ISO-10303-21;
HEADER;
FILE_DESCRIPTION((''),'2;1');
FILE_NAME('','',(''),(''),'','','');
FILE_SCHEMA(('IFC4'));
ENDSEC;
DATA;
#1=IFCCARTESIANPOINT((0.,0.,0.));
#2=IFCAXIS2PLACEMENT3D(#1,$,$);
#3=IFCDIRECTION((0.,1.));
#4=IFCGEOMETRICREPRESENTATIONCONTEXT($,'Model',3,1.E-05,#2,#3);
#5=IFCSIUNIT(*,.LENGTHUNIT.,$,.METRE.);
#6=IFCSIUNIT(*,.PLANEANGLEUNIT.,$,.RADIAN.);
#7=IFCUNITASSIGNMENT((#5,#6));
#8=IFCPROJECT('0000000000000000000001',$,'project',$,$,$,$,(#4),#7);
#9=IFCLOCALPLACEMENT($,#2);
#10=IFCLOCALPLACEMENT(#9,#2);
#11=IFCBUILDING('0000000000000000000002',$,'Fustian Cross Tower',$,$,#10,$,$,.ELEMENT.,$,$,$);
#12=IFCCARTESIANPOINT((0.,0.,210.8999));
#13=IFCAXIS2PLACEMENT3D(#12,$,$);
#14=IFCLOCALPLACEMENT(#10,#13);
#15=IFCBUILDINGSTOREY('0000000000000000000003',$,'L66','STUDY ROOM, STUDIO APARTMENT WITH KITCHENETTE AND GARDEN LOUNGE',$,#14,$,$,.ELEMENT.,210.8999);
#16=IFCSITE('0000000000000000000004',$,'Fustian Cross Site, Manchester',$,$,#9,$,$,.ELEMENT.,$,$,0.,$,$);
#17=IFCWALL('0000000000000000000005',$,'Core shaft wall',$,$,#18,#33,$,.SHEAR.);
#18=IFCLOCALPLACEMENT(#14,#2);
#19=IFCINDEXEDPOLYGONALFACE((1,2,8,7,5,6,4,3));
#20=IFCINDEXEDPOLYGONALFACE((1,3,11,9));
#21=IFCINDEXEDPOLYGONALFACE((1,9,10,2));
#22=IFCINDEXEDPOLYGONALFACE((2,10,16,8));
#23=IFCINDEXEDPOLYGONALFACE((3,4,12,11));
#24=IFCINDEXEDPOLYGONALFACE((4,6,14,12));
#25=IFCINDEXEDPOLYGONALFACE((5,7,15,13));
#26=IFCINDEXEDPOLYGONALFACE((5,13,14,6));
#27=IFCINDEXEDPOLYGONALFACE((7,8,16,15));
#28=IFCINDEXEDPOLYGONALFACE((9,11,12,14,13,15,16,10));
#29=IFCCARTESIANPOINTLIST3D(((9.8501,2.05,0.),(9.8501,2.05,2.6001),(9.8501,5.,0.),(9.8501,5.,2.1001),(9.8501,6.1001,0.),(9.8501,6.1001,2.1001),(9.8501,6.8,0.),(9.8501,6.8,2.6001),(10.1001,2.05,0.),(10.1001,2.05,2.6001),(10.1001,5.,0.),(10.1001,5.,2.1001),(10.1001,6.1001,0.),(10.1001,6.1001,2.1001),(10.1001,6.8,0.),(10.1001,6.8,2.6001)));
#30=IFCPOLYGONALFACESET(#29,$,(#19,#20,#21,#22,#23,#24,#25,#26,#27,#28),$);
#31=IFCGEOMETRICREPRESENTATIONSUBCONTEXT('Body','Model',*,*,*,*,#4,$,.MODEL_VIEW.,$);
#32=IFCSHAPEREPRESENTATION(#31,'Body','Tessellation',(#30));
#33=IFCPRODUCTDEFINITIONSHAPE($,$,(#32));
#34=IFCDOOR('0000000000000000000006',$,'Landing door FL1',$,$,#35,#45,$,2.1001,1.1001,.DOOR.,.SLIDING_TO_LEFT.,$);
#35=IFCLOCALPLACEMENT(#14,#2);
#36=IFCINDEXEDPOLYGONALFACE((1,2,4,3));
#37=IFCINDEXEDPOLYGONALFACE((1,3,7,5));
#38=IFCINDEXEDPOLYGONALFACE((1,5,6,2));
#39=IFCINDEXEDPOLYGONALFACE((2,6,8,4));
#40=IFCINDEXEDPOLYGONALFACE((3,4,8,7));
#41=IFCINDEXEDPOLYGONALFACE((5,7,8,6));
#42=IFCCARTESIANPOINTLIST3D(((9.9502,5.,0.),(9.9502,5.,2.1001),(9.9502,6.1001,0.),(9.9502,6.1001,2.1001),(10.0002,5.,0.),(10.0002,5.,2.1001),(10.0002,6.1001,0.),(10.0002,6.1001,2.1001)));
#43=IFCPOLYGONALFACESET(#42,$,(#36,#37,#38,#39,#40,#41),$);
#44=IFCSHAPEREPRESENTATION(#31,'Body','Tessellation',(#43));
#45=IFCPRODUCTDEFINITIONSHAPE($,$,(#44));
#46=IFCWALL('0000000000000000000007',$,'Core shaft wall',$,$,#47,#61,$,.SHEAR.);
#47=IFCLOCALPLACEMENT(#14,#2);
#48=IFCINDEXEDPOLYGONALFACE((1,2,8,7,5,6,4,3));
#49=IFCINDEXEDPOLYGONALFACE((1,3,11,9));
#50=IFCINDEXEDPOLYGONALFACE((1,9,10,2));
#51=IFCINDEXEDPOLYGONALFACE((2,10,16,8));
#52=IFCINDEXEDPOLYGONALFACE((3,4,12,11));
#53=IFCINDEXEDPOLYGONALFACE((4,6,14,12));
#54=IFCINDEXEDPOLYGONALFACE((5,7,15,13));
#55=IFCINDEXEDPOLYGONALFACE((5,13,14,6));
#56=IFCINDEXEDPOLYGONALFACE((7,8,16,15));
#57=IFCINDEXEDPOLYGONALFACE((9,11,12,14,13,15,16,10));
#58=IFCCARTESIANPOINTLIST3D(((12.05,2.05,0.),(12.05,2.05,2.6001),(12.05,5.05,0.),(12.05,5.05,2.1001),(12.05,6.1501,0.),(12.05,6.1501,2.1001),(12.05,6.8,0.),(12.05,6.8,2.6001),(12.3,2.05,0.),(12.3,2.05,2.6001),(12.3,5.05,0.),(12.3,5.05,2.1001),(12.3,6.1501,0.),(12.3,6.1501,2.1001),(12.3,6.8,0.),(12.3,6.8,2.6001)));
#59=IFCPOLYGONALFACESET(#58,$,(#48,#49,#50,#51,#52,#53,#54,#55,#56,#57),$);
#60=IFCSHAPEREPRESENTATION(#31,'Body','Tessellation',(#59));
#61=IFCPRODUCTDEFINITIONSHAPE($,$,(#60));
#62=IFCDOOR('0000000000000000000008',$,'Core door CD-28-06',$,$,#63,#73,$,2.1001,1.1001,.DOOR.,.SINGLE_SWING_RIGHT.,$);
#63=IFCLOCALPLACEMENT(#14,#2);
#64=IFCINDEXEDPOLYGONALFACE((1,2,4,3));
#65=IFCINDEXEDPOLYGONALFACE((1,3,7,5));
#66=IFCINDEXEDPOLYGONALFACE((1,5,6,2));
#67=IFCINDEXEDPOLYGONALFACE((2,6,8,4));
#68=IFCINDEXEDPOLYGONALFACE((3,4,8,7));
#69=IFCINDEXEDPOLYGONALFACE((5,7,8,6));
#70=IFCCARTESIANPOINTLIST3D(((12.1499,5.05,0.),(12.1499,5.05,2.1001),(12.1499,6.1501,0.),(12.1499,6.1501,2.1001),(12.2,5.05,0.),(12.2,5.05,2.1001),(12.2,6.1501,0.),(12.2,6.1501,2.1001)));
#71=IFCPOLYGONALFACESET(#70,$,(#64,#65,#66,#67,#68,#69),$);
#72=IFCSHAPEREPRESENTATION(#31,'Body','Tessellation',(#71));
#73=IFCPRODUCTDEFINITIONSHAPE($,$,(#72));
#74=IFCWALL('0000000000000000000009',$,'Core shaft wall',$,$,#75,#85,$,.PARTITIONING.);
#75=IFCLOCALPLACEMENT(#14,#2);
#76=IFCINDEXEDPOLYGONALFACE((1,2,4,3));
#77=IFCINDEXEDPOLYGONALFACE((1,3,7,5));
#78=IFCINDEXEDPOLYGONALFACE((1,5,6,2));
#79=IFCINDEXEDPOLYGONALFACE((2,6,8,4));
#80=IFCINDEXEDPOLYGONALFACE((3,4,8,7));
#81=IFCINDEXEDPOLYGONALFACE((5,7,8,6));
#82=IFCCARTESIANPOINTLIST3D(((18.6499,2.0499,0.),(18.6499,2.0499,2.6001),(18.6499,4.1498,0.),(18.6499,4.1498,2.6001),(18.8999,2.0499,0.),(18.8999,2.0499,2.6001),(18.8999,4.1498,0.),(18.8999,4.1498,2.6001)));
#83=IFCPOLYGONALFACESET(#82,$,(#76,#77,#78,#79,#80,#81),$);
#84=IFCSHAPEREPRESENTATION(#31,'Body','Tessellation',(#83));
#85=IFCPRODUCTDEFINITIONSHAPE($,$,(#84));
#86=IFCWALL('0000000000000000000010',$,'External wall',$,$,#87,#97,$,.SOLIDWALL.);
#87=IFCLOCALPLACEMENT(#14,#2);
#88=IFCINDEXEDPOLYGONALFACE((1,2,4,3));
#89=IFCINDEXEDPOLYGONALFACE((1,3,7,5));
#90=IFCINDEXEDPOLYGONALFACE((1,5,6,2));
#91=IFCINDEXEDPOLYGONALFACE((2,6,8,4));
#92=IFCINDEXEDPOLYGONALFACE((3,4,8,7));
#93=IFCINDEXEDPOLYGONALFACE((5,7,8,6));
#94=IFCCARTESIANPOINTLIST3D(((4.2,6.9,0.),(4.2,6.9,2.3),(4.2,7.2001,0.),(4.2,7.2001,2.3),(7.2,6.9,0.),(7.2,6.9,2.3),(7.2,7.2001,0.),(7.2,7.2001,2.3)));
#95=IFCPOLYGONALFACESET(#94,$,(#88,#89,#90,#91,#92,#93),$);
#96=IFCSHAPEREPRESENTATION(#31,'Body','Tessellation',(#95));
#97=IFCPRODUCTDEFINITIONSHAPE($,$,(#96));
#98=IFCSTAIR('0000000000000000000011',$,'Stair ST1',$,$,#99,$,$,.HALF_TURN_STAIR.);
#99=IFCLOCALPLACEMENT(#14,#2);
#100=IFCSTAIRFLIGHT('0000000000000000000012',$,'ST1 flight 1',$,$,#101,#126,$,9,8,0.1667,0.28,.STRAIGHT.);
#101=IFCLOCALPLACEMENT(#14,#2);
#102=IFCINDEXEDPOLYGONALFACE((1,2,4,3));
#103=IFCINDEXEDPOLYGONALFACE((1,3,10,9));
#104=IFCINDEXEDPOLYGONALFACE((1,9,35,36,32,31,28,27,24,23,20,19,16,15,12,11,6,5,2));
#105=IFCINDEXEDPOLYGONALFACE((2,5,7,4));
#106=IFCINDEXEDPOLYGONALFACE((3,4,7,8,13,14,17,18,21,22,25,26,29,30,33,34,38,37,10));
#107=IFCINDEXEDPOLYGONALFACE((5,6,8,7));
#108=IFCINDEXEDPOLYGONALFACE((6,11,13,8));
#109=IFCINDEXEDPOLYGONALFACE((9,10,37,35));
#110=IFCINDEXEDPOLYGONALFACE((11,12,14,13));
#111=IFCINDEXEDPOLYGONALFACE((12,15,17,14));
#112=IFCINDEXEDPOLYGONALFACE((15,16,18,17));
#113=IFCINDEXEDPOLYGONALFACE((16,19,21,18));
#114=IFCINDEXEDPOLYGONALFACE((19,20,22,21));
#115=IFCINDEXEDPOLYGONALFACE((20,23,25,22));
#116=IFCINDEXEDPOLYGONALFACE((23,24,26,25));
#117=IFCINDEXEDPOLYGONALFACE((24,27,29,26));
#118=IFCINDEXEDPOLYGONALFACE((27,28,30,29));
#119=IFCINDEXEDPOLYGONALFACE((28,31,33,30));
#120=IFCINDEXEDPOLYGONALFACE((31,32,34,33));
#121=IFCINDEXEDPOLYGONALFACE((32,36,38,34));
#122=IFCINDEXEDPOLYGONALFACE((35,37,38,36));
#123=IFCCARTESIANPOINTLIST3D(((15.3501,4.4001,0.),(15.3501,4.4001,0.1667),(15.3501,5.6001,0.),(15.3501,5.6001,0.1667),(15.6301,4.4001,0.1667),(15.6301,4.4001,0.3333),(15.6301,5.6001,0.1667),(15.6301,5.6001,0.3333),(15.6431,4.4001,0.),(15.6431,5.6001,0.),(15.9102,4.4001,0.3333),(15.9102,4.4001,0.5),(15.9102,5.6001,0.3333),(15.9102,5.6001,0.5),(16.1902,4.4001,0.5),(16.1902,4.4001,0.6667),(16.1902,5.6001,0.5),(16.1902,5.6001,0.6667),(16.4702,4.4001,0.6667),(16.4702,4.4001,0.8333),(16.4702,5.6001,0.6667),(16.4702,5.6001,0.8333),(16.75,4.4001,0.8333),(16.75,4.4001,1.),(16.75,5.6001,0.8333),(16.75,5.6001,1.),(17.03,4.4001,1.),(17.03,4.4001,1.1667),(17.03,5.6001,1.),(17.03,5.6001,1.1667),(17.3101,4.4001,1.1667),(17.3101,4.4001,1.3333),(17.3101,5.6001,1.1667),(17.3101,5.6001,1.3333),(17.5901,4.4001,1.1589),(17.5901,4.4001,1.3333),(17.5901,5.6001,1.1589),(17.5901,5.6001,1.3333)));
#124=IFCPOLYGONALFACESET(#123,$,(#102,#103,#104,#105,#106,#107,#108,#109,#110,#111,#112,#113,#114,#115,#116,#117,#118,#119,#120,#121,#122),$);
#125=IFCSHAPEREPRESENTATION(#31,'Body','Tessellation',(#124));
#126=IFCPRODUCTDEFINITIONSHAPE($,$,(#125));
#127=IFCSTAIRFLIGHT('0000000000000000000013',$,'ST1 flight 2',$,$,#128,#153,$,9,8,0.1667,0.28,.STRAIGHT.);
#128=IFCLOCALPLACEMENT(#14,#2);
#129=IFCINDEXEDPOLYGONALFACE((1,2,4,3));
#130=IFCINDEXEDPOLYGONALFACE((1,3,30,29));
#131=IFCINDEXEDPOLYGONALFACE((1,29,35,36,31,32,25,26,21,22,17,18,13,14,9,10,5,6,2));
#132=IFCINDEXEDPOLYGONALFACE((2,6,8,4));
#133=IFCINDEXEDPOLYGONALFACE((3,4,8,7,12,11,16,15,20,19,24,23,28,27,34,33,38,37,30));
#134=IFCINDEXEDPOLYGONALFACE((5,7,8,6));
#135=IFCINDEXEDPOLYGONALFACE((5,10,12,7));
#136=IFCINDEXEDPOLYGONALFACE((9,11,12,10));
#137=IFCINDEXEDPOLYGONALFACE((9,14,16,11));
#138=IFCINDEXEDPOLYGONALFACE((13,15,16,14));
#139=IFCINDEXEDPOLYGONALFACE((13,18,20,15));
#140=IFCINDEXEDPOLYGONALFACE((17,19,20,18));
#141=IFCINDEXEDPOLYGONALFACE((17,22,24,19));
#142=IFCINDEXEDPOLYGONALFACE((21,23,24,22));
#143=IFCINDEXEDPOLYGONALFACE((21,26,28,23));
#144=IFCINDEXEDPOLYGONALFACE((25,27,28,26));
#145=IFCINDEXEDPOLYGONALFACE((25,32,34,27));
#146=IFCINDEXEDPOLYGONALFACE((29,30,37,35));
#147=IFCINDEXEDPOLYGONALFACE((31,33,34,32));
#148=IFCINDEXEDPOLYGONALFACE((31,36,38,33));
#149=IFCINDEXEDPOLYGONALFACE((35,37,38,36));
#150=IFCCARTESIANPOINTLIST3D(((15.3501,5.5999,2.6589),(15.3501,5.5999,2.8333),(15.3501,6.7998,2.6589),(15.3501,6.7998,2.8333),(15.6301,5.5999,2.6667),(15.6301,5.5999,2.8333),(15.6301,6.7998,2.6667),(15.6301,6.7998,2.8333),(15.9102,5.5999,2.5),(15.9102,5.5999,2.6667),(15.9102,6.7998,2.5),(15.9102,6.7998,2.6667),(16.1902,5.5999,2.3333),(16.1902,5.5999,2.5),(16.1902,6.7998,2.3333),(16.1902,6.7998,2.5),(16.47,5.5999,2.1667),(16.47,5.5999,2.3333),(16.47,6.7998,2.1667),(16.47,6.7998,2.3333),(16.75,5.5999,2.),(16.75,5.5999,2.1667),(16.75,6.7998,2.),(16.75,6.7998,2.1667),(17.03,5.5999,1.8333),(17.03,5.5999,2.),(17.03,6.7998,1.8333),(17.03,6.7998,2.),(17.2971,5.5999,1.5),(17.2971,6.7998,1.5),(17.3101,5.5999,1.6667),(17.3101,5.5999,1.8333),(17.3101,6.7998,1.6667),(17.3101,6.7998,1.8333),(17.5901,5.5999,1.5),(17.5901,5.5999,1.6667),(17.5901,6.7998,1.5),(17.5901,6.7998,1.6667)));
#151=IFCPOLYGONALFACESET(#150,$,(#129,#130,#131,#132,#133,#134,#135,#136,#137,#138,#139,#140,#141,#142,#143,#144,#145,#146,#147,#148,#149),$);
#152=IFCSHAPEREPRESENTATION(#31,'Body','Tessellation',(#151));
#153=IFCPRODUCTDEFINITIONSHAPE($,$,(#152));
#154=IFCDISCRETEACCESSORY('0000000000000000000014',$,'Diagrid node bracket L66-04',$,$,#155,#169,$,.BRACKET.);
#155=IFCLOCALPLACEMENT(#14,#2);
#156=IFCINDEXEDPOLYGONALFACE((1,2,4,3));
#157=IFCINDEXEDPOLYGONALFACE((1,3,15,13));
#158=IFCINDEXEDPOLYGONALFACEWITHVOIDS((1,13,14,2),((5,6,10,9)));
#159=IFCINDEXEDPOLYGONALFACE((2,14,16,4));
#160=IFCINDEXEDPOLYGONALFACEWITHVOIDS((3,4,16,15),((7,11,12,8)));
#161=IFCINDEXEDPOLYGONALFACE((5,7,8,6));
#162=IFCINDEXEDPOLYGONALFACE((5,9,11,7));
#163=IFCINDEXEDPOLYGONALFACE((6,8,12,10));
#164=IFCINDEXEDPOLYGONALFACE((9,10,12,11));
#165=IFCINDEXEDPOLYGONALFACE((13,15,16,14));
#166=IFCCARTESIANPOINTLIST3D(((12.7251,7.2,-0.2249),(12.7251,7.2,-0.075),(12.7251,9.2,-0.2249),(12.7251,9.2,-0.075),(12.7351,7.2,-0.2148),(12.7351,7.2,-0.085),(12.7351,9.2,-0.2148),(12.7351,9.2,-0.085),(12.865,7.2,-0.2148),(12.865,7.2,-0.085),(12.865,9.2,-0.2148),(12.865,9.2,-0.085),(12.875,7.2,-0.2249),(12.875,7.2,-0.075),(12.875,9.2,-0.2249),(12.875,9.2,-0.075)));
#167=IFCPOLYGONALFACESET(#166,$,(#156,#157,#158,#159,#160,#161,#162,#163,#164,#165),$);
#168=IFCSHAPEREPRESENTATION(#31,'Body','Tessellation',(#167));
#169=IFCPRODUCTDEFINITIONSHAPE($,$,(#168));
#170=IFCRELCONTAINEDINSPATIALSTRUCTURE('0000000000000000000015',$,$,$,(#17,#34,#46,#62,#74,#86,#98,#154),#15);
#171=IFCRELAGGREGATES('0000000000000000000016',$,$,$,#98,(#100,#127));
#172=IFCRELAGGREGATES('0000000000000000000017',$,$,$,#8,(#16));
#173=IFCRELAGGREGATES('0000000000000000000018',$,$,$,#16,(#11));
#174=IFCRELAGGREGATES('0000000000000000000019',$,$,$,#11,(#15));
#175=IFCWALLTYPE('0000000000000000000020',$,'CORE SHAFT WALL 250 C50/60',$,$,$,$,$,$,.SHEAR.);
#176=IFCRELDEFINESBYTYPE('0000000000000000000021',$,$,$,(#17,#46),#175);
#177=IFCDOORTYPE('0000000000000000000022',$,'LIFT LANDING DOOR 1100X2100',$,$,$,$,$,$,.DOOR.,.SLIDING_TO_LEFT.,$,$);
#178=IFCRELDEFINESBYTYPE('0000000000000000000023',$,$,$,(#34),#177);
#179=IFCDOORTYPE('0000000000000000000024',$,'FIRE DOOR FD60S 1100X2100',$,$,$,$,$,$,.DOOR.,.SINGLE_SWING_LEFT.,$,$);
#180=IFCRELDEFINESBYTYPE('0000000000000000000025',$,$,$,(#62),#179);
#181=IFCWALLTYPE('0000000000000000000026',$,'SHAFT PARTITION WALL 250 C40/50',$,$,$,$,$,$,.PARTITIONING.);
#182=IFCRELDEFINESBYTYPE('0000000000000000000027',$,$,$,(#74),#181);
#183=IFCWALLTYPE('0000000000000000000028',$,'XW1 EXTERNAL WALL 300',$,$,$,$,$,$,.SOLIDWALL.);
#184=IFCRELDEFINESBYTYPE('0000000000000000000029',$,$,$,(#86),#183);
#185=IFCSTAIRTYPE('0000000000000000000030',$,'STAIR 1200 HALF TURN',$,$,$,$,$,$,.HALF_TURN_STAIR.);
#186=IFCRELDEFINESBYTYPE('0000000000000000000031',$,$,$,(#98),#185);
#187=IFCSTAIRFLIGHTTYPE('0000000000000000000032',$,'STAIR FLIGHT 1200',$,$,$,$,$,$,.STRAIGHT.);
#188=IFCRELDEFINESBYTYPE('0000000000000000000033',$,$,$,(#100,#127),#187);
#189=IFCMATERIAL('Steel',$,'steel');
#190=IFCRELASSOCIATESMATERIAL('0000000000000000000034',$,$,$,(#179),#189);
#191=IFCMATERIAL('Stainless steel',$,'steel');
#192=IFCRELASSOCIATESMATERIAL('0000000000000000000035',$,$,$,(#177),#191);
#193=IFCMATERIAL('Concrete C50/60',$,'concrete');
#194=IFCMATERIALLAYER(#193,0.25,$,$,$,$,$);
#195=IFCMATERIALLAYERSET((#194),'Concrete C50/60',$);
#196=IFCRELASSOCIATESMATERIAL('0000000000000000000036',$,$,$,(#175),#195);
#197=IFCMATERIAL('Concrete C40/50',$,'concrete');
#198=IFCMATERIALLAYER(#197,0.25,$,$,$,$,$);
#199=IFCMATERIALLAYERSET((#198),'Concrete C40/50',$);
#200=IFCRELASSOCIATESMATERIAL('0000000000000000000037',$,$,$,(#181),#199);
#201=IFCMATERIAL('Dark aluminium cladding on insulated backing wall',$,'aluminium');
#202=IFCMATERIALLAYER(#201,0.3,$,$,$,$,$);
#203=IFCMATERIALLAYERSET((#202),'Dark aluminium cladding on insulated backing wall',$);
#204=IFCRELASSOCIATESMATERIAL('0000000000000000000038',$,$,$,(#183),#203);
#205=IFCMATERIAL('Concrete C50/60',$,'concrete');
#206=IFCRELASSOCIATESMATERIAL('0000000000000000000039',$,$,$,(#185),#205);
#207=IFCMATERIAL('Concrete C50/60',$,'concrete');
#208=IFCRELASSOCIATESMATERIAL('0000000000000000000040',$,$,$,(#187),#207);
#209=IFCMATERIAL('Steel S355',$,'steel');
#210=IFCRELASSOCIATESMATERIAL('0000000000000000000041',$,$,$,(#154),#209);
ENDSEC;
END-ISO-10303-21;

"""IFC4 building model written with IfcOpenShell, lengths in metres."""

from ifc_helpers import new_model, si_unit, direction, frame, frame_2d, origin, origin_2d, place, context, subcontext, project, spatial, polyline, rectangle, hollow_rectangle, outline, extrude, material, layer, layer_set, type_object, element, fill, aggregate, save


model = new_model("IFC4")

# Units and contexts
model_context = context("Model", 3, precision=1e-05, world=origin(), true_north=direction((0.0, 1.0)))
body_context = subcontext(model_context, "Body", "Model", "MODEL_VIEW")
ifc_project = project(units=[si_unit("LENGTHUNIT", "METRE"), si_unit("PLANEANGLEUNIT", "RADIAN")], contexts=[model_context])

# Site, building, storey
site_placement = place(None, origin())
site = spatial("IfcSite", under=ifc_project, at=site_placement, Name="Fustian Cross Site, Manchester", CompositionType="ELEMENT", RefElevation=0.0)
building_placement = place(site_placement, origin())
building = spatial("IfcBuilding", under=site, at=building_placement, Name="Fustian Cross Tower", CompositionType="ELEMENT")
storey_placement = place(building_placement, frame((0.0, 0.0, 210.8999)))
storey = spatial("IfcBuildingStorey", under=building, at=storey_placement, Name="L66", Description="STUDY ROOM, STUDIO APARTMENT WITH KITCHENETTE AND GARDEN LOUNGE", CompositionType="ELEMENT", Elevation=210.8999)

# Shared definitions
ifc_material_1 = material(Name="Steel", Category="steel")
door_type_1 = type_object("IfcDoorType", Name="FIRE DOOR FD60S 1100X2100", OperationType="SINGLE_SWING_LEFT", PredefinedType="DOOR", material=ifc_material_1)
ifc_material_2 = material(Name="Stainless steel", Category="steel")
door_type_2 = type_object("IfcDoorType", Name="LIFT LANDING DOOR 1100X2100", OperationType="SLIDING_TO_LEFT", PredefinedType="DOOR", material=ifc_material_2)

# Shared definitions
ifc_material_3 = material(Name="Concrete C50/60", Category="concrete")
ifc_layer_1 = layer(ifc_material_3, 0.25)
ifc_layer_set_1 = layer_set([ifc_layer_1], Name="Concrete C50/60")
wall_type_1 = type_object("IfcWallType", Name="CORE SHAFT WALL 250 C50/60", PredefinedType="SHEAR", material=ifc_layer_set_1)

# Walls, openings, doors
wall_1_placement = place(storey_placement, frame((9.9751, 2.05, 0.0), z_axis=(0.0, 0.0, 1.0), x_axis=(0.0, 1.0, 0.0)))
wall_1 = element("IfcWall", 1, at=wall_1_placement, inside=storey, type_object=wall_type_1, Name="Core shaft wall", PredefinedType="SHEAR", context=body_context, shape_type="SweptSolid", body=[
    extrude(rectangle(XDim=4.75, YDim=0.25, at=frame_2d((2.375, 0.0))), origin(), (0.0, 0.0, 1.0), 2.6001),
])
opening_1_placement = place(wall_1_placement, frame((2.95, 0.0, 0.0)))
opening_1 = element("IfcOpeningElement", 2, at=opening_1_placement, cuts=wall_1, PredefinedType="OPENING", context=body_context, shape_type="SweptSolid", body=[
    extrude(rectangle(XDim=1.1001, YDim=2.1001, at=frame_2d((0.55, 1.05))), frame((0.0, 0.135, 0.0), z_axis=(0.0, -1.0, 0.0), x_axis=(1.0, 0.0, 0.0)), (0.0, 0.0, 1.0), 0.27),
])
door_1_placement = place(opening_1_placement, origin())
door_1 = element("IfcDoor", 3, at=door_1_placement, inside=storey, type_object=door_type_2, Name="Landing door FL1", OperationType="SLIDING_TO_LEFT", OverallHeight=2.1001, OverallWidth=1.1001, PredefinedType="DOOR", context=body_context, shape_type="SweptSolid", body=[
    extrude(rectangle(XDim=1.1001, YDim=2.1001, at=frame_2d((0.55, 1.05))), frame((0.0, 0.0249, 0.0), z_axis=(0.0, -1.0, 0.0), x_axis=(1.0, 0.0, 0.0)), (0.0, 0.0, 1.0), 0.05),
])
fill(opening_1, door_1)
wall_2_placement = place(storey_placement, frame((12.175, 2.05, 0.0), z_axis=(0.0, 0.0, 1.0), x_axis=(0.0, 1.0, 0.0)))
wall_2 = element("IfcWall", 4, at=wall_2_placement, inside=storey, type_object=wall_type_1, Name="Core shaft wall", PredefinedType="SHEAR", context=body_context, shape_type="SweptSolid", body=[
    extrude(rectangle(XDim=4.75, YDim=0.25, at=frame_2d((2.375, 0.0))), origin(), (0.0, 0.0, 1.0), 2.6001),
])
opening_2_placement = place(wall_2_placement, frame((3.0, 0.0, 0.0)))
opening_2 = element("IfcOpeningElement", 5, at=opening_2_placement, cuts=wall_2, PredefinedType="OPENING", context=body_context, shape_type="SweptSolid", body=[
    extrude(rectangle(XDim=1.1001, YDim=2.1001, at=frame_2d((0.55, 1.05))), frame((0.0, 0.135, 0.0), z_axis=(0.0, -1.0, 0.0), x_axis=(1.0, 0.0, 0.0)), (0.0, 0.0, 1.0), 0.27),
])
door_2_placement = place(opening_2_placement, frame((1.1001, 0.0, 0.0), z_axis=(0.0, 0.0, 1.0), x_axis=(-1.0, 0.0, 0.0)))
door_2 = element("IfcDoor", 6, at=door_2_placement, inside=storey, type_object=door_type_1, Name="Core door CD-28-06", OperationType="SINGLE_SWING_RIGHT", OverallHeight=2.1001, OverallWidth=1.1001, PredefinedType="DOOR", context=body_context, shape_type="SweptSolid", body=[
    extrude(rectangle(XDim=1.1001, YDim=2.1001, at=frame_2d((0.55, 1.05))), frame((0.0, 0.0249, 0.0), z_axis=(0.0, -1.0, 0.0), x_axis=(1.0, 0.0, 0.0)), (0.0, 0.0, 1.0), 0.05),
])
fill(opening_2, door_2)

# Walls
ifc_material_4 = material(Name="Concrete C40/50", Category="concrete")
ifc_layer_2 = layer(ifc_material_4, 0.25)
ifc_layer_set_2 = layer_set([ifc_layer_2], Name="Concrete C40/50")
wall_type_2 = type_object("IfcWallType", Name="SHAFT PARTITION WALL 250 C40/50", PredefinedType="PARTITIONING", material=ifc_layer_set_2)
wall_3_placement = place(storey_placement, frame((18.7749, 2.05, 0.0), z_axis=(0.0, 0.0, 1.0), x_axis=(0.0, 1.0, 0.0)))
element("IfcWall", 7, at=wall_3_placement, inside=storey, type_object=wall_type_2, Name="Core shaft wall", PredefinedType="PARTITIONING", context=body_context, shape_type="SweptSolid", body=[
    extrude(rectangle(XDim=2.0999, YDim=0.25, at=frame_2d((1.0498, 0.0))), origin(), (0.0, 0.0, 1.0), 2.6001),
])
ifc_material_5 = material(Name="Dark aluminium cladding on insulated backing wall", Category="aluminium")
ifc_layer_3 = layer(ifc_material_5, 0.3)
ifc_layer_set_3 = layer_set([ifc_layer_3], Name="Dark aluminium cladding on insulated backing wall")
wall_type_3 = type_object("IfcWallType", Name="XW1 EXTERNAL WALL 300", PredefinedType="SOLIDWALL", material=ifc_layer_set_3)
wall_4_placement = place(storey_placement, frame((7.2, 7.05, 0.0), z_axis=(0.0, 0.0, 1.0), x_axis=(-1.0, 0.0, 0.0)))
element("IfcWall", 8, at=wall_4_placement, inside=storey, type_object=wall_type_3, Name="External wall", PredefinedType="SOLIDWALL", context=body_context, shape_type="SweptSolid", body=[
    extrude(rectangle(XDim=3.0, YDim=0.3, at=frame_2d((1.5, 0.0))), origin(), (0.0, 0.0, 1.0), 2.3),
])

# Stair, stair flights
ifc_material_6 = material(Name="Concrete C50/60", Category="concrete")
stair_type = type_object("IfcStairType", Name="STAIR 1200 HALF TURN", PredefinedType="HALF_TURN_STAIR", material=ifc_material_6)
stair_placement = place(storey_placement, origin())
stair = element("IfcStair", 9, at=stair_placement, inside=storey, type_object=stair_type, Name="Stair ST1", PredefinedType="HALF_TURN_STAIR")
ifc_material_7 = material(Name="Concrete C50/60", Category="concrete")
stair_flight_type = type_object("IfcStairFlightType", Name="STAIR FLIGHT 1200", PredefinedType="STRAIGHT", material=ifc_material_7)
stair_flight_1_placement = place(storey_placement, frame((15.3501, 5.0, 0.0), z_axis=(0.0, 0.0, 1.0), x_axis=(1.0, 0.0, 0.0)))
stair_flight_1 = element("IfcStairFlight", 10, at=stair_flight_1_placement, type_object=stair_flight_type, Name="ST1 flight 1", NumberOfRisers=9, NumberOfTreads=8, PredefinedType="STRAIGHT", RiserHeight=0.1667, TreadLength=0.28, context=body_context, shape_type="SweptSolid", body=[
    extrude(outline(polyline([(0.0, 0.0), (0.0, 0.1667), (0.28, 0.1667), (0.28, 0.3333), (0.5601, 0.3333), (0.5601, 0.5), (0.8401, 0.5), (0.8401, 0.6667), (1.1201, 0.6667), (1.1201, 0.8333), (1.3999, 0.8333), (1.3999, 1.0), (1.6799, 1.0), (1.6799, 1.1667), (1.96, 1.1667), (1.96, 1.3333), (2.24, 1.3333), (2.24, 1.5), (2.24, 1.1589), (0.293, 0.0), (0.0, 0.0)])), frame((0.0, 0.6001, 0.0), z_axis=(0.0, -1.0, 0.0), x_axis=(1.0, 0.0, 0.0)), (0.0, 0.0, 1.0), 1.2),
])
stair_flight_2_placement = place(storey_placement, frame((17.5901, 6.2, 1.5), z_axis=(0.0, 0.0, 1.0), x_axis=(-1.0, 0.0, 0.0)))
stair_flight_2 = element("IfcStairFlight", 11, at=stair_flight_2_placement, type_object=stair_flight_type, Name="ST1 flight 2", NumberOfRisers=9, NumberOfTreads=8, PredefinedType="STRAIGHT", RiserHeight=0.1667, TreadLength=0.28, context=body_context, shape_type="SweptSolid", body=[
    extrude(outline(polyline([(0.0, 0.0), (0.0, 0.1667), (0.28, 0.1667), (0.28, 0.3333), (0.5601, 0.3333), (0.5601, 0.5), (0.8401, 0.5), (0.8401, 0.6667), (1.1201, 0.6667), (1.1201, 0.8333), (1.3999, 0.8333), (1.3999, 1.0), (1.6799, 1.0), (1.6799, 1.1667), (1.96, 1.1667), (1.96, 1.3333), (2.24, 1.3333), (2.24, 1.5), (2.24, 1.1589), (0.293, 0.0), (0.0, 0.0)])), frame((0.0, 0.6001, 0.0), z_axis=(0.0, -1.0, 0.0), x_axis=(1.0, 0.0, 0.0)), (0.0, 0.0, 1.0), 1.2),
])
aggregate(stair, [stair_flight_1, stair_flight_2])

# Discrete accessory
ifc_material_8 = material(Name="Steel S355", Category="steel")
for number, where, z_axis, x_axis, name in (
    (12, (12.8, 9.2, -0.1499), (0.0, -1.0, 0.0), (1.0, 0.0, 0.0), "Diagrid node bracket L66-04"),
):
    element("IfcDiscreteAccessory", number, at=place(storey_placement, frame(where, z_axis=z_axis, x_axis=x_axis)), inside=storey, material=ifc_material_8, Name=name, PredefinedType="BRACKET", context=body_context, shape_type="SweptSolid", body=[
        extrude(hollow_rectangle(XDim=0.1499, YDim=0.1499, WallThickness=0.01, at=origin_2d()), origin(), (0.0, 0.0, 1.0), 2.0),
    ])

save(model, "model.ifc")
